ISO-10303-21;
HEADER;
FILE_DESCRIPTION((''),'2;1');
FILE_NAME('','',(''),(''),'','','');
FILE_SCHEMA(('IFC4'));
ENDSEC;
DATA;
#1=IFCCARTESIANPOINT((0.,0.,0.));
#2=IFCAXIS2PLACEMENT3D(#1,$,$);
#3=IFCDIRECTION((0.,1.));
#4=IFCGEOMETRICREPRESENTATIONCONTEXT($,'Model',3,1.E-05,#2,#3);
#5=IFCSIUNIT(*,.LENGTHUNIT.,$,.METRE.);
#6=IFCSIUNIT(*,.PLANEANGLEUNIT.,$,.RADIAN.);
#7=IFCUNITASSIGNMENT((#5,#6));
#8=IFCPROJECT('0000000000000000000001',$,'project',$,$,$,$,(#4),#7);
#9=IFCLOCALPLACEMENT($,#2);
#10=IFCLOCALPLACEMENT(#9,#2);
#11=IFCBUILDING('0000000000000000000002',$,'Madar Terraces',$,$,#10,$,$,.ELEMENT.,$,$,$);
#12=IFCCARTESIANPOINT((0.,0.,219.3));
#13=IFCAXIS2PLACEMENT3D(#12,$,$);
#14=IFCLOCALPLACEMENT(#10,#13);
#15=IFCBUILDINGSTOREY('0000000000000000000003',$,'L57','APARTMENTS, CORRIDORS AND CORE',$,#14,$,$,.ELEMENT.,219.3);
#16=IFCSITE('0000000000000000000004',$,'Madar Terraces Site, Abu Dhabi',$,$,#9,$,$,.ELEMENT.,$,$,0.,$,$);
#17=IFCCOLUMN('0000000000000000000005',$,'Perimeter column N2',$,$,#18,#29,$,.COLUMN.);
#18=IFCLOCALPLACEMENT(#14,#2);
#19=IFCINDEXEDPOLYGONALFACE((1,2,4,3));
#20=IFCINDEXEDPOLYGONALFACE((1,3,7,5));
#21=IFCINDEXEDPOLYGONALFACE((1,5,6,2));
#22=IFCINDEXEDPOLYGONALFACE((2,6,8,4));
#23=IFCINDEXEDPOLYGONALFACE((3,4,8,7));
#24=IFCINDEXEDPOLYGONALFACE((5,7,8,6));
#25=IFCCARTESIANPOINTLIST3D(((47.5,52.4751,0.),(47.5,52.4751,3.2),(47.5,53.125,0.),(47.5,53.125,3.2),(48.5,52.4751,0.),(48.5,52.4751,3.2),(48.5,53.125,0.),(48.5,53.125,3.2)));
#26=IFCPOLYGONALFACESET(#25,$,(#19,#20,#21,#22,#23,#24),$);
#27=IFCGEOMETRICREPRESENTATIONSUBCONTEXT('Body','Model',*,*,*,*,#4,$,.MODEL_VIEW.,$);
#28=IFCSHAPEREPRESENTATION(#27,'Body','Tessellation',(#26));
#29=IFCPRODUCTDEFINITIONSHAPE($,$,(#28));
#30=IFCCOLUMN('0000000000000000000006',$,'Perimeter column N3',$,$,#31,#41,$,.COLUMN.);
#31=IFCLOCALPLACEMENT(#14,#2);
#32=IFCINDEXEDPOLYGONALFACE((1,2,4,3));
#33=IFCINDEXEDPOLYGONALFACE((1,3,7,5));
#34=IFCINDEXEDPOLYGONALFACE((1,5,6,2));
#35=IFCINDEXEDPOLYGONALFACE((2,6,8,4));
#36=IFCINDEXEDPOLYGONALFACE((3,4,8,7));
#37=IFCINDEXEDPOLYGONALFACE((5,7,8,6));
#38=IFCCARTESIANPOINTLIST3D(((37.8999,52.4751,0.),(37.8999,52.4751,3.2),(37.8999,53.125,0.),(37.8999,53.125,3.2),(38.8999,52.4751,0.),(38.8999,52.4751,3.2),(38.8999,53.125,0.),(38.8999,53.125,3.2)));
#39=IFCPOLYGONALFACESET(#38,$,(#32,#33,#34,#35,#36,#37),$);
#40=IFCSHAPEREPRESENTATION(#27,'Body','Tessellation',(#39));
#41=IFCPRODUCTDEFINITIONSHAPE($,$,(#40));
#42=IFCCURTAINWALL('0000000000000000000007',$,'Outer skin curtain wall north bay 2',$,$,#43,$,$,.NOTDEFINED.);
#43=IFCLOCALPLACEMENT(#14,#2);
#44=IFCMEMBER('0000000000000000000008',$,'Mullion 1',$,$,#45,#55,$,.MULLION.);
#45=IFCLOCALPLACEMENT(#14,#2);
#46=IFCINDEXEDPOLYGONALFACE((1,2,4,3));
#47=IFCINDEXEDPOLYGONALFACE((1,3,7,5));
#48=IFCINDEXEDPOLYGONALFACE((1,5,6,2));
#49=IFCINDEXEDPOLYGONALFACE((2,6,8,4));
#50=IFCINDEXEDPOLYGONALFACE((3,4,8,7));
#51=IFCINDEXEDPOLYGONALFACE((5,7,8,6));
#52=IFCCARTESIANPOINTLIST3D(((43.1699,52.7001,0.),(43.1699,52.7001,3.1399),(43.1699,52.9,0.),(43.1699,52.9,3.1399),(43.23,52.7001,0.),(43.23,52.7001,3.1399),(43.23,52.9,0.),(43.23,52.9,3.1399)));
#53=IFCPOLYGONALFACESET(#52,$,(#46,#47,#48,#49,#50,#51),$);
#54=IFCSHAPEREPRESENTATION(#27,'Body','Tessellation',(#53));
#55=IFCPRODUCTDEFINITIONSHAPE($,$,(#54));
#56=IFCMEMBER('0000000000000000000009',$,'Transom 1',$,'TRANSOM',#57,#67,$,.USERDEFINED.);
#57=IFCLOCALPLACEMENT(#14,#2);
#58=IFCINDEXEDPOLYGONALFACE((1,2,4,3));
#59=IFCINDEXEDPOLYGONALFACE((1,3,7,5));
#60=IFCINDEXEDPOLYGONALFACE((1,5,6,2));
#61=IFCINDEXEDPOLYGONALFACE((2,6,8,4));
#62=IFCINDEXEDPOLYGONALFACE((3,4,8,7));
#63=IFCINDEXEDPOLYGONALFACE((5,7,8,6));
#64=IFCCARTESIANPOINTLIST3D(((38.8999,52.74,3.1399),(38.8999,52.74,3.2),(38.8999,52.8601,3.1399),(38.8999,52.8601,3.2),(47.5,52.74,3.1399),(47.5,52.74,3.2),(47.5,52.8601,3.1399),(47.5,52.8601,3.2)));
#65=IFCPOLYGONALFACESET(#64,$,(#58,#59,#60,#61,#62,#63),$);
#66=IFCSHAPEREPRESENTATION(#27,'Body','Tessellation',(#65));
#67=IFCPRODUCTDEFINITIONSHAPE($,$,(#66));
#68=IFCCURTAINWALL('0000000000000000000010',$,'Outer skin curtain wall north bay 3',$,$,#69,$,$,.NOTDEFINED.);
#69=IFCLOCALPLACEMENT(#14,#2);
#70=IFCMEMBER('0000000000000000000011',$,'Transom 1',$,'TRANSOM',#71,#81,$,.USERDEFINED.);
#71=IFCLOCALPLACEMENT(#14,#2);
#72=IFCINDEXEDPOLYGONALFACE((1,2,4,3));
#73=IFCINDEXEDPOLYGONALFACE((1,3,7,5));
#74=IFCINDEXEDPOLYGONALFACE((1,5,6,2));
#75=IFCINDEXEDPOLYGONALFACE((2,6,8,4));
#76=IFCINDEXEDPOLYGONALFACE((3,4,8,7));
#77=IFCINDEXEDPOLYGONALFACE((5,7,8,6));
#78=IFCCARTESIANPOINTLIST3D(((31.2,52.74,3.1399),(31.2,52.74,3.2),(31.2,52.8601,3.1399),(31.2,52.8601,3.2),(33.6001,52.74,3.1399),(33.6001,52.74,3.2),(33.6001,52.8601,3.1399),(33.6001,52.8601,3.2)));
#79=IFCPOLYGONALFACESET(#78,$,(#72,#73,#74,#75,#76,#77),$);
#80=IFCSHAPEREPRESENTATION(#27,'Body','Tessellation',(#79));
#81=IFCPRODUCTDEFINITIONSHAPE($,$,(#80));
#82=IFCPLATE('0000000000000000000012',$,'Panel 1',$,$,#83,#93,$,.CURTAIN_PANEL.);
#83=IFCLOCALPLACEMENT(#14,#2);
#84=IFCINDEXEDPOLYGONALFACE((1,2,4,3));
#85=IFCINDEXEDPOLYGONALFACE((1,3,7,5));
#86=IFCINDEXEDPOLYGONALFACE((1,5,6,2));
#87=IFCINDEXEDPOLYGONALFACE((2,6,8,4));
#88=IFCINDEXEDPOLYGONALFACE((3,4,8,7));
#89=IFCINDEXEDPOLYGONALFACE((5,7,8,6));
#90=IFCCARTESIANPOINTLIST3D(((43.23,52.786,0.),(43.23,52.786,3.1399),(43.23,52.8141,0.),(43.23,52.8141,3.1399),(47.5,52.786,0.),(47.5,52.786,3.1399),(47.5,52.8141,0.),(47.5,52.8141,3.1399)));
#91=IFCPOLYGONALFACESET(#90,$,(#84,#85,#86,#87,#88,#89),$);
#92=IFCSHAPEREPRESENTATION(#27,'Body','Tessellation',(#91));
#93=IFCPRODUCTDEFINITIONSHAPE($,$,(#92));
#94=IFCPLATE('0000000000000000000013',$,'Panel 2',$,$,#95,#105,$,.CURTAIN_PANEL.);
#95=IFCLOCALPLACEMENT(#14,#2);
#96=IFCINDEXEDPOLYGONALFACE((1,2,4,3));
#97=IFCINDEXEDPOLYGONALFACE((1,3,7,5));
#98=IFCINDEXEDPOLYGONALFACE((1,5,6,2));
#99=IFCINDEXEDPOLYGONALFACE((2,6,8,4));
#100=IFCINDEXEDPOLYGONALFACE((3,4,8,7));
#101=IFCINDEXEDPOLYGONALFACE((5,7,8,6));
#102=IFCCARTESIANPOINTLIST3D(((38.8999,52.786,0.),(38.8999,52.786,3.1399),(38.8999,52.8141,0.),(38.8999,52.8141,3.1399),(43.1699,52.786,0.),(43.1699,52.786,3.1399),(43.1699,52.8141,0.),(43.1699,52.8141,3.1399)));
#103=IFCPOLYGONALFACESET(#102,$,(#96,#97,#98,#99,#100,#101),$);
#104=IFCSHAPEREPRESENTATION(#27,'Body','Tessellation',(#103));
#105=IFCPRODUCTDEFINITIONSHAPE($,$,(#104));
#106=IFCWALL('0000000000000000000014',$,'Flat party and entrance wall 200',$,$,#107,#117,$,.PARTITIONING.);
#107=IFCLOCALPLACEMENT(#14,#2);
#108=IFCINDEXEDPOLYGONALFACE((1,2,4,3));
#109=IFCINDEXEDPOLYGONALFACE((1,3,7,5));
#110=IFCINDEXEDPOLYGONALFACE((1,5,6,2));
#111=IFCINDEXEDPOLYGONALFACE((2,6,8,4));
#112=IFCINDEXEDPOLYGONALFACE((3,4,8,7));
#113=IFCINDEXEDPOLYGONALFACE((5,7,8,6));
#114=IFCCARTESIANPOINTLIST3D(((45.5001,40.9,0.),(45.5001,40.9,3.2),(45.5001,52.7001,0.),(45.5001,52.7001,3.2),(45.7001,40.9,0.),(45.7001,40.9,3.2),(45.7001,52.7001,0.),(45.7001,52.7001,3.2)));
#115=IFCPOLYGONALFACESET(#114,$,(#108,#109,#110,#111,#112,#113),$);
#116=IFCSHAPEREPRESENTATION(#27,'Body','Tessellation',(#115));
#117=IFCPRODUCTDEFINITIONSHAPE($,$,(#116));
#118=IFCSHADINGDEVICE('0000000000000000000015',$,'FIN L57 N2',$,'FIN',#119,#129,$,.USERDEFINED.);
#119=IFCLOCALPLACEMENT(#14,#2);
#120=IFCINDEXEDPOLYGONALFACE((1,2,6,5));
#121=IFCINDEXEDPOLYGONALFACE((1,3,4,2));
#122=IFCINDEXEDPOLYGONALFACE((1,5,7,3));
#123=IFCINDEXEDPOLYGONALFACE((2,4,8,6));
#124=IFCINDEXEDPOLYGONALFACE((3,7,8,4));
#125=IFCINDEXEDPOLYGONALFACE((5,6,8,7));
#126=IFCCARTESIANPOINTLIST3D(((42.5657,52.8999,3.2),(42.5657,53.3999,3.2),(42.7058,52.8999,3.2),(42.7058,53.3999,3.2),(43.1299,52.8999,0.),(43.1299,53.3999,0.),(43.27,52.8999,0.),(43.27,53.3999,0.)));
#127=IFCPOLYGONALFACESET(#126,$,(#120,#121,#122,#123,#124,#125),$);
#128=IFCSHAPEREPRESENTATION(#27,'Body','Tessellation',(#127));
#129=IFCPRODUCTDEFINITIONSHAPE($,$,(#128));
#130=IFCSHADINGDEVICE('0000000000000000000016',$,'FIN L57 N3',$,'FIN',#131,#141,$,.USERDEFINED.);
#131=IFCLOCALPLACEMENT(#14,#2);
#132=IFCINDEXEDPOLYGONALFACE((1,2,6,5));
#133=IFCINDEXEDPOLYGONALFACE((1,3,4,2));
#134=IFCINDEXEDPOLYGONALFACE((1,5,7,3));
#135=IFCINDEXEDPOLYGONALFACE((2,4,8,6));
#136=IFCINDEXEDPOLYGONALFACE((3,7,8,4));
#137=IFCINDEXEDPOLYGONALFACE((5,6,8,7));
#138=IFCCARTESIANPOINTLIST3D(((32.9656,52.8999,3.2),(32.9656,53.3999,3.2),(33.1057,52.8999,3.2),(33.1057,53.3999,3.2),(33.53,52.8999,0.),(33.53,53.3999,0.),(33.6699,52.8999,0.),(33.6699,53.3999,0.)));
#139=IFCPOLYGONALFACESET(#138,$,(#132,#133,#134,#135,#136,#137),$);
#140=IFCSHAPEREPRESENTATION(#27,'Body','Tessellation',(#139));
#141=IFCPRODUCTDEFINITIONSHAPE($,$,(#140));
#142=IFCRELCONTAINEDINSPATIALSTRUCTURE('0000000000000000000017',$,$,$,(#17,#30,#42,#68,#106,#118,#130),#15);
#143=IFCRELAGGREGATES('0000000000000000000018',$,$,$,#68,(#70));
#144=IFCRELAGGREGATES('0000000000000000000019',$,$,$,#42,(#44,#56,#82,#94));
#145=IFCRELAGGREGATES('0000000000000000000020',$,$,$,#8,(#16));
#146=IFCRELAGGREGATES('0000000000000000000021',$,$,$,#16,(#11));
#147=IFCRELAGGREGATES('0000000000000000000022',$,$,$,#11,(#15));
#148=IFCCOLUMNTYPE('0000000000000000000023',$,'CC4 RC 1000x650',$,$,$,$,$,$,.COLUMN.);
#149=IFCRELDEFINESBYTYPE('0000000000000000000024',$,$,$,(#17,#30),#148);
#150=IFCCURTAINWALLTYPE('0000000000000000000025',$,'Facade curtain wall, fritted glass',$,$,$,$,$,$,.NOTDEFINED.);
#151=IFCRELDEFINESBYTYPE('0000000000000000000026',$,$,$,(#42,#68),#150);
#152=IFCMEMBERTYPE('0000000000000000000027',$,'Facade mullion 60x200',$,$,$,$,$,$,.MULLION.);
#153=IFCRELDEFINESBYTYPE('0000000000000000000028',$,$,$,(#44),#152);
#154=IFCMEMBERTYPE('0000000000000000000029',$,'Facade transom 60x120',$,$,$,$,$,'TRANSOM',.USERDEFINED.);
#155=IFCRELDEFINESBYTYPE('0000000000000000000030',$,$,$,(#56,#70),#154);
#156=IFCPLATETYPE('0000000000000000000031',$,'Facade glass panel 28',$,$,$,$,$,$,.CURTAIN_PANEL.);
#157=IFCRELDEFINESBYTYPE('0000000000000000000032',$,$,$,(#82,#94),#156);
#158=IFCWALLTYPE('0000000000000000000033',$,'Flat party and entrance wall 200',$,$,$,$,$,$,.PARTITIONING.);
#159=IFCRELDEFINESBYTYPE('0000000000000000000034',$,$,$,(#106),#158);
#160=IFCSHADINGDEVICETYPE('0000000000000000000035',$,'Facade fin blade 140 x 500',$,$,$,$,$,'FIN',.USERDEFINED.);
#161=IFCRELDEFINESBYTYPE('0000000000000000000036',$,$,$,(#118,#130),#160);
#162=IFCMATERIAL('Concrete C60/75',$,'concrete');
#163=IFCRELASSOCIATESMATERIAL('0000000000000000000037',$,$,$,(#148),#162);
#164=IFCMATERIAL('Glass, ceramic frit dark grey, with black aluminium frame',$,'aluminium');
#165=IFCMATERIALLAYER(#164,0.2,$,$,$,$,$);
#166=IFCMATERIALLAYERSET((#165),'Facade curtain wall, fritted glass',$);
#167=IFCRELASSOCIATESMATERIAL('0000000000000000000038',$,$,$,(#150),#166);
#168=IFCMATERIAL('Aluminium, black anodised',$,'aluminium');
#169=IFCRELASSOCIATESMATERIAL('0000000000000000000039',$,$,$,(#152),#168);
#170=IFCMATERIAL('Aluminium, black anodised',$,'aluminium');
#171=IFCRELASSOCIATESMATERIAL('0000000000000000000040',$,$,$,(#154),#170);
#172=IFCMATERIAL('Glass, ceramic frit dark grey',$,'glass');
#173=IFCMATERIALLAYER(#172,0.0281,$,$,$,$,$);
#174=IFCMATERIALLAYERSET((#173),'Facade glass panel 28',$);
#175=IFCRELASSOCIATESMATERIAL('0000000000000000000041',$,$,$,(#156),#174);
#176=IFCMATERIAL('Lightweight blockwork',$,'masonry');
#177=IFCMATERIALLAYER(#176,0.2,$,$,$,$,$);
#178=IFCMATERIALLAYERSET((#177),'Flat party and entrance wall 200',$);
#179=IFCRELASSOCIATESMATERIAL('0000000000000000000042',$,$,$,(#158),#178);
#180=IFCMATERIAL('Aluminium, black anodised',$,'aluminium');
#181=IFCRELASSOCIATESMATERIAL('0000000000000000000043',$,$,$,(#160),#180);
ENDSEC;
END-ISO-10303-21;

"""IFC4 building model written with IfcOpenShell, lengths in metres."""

from ifc_helpers import new_model, si_unit, direction, frame, frame_2d, origin, origin_2d, place, context, subcontext, project, spatial, polyline, rectangle, outline, extrude, material, layer, layer_set, material_profile, profile_set, type_object, element, aggregate, save


model = new_model("IFC4")

# Units and contexts
model_context = context("Model", 3, precision=1e-05, world=origin(), true_north=direction((0.0, 1.0)))
body_context = subcontext(model_context, "Body", "Model", "MODEL_VIEW")
ifc_project = project(units=[si_unit("LENGTHUNIT", "METRE"), si_unit("PLANEANGLEUNIT", "RADIAN")], contexts=[model_context])

# Site, building, storey
site_placement = place(None, origin())
site = spatial("IfcSite", under=ifc_project, at=site_placement, Name="Madar Terraces Site, Abu Dhabi", CompositionType="ELEMENT", RefElevation=0.0)
building_placement = place(site_placement, origin())
building = spatial("IfcBuilding", under=site, at=building_placement, Name="Madar Terraces", CompositionType="ELEMENT")
storey_placement = place(building_placement, frame((0.0, 0.0, 219.3)))
storey = spatial("IfcBuildingStorey", under=building, at=storey_placement, Name="L57", Description="APARTMENTS, CORRIDORS AND CORE", CompositionType="ELEMENT", Elevation=219.3)

# Columns
ifc_material_1 = material(Name="Concrete C60/75", Category="concrete")
ifc_material_profile_1 = material_profile(ifc_material_1, rectangle(XDim=1.0, YDim=0.6499, at=origin_2d()), Name="CC4 RC 1000x650")
ifc_profile_set_1 = profile_set([ifc_material_profile_1], Name="Concrete C60/75")
column_type = type_object("IfcColumnType", Name="CC4 RC 1000x650", PredefinedType="COLUMN", material=ifc_profile_set_1)
for number, where, z_axis, x_axis, name in (
    (1, (48.0, 52.8, 0.0), (0.0, 0.0, 1.0), (1.0, 0.0, 0.0), "Perimeter column N2"),
    (2, (38.3999, 52.8, 0.0), (0.0, 0.0, 1.0), (1.0, 0.0, 0.0), "Perimeter column N3"),
):
    element("IfcColumn", number, at=place(storey_placement, frame(where, z_axis=z_axis, x_axis=x_axis)), inside=storey, type_object=column_type, Name=name, PredefinedType="COLUMN", context=body_context, shape_type="SweptSolid", body=[
        extrude(rectangle(XDim=1.0, YDim=0.6499, at=origin_2d()), origin(), (0.0, 0.0, 1.0), 3.2),
    ])

# Curtain wall, members
ifc_material_2 = material(Name="Glass, ceramic frit dark grey, with black aluminium frame", Category="aluminium")
ifc_layer_1 = layer(ifc_material_2, 0.2)
ifc_layer_set_1 = layer_set([ifc_layer_1], Name="Facade curtain wall, fritted glass")
curtain_wall_type = type_object("IfcCurtainWallType", Name="Facade curtain wall, fritted glass", PredefinedType="NOTDEFINED", material=ifc_layer_set_1)
curtain_wall_1_placement = place(storey_placement, origin())
curtain_wall_1 = element("IfcCurtainWall", 3, at=curtain_wall_1_placement, inside=storey, type_object=curtain_wall_type, Name="Outer skin curtain wall north bay 2", PredefinedType="NOTDEFINED")
ifc_material_3 = material(Name="Aluminium, black anodised", Category="aluminium")
ifc_material_profile_2 = material_profile(ifc_material_3, rectangle(XDim=0.2, YDim=0.0601, at=origin_2d()), Name="Facade mullion 60x200")
ifc_profile_set_2 = profile_set([ifc_material_profile_2], Name="Aluminium, black anodised")
member_type_1 = type_object("IfcMemberType", Name="Facade mullion 60x200", PredefinedType="MULLION", material=ifc_profile_set_2)
member_1_placement = place(storey_placement, frame((43.2, 52.8, 0.0), z_axis=(0.0, 0.0, 1.0), x_axis=(0.0, -1.0, 0.0)))
member_1 = element("IfcMember", 4, at=member_1_placement, type_object=member_type_1, Name="Mullion 1", PredefinedType="MULLION", context=body_context, shape_type="SweptSolid", body=[
    extrude(rectangle(XDim=0.2, YDim=0.0601, at=origin_2d()), origin(), (0.0, 0.0, 1.0), 3.1399),
])
ifc_material_4 = material(Name="Aluminium, black anodised", Category="aluminium")
ifc_material_profile_3 = material_profile(ifc_material_4, rectangle(XDim=0.1201, YDim=0.0601, at=origin_2d()), Name="Facade transom 60x120")
ifc_profile_set_3 = profile_set([ifc_material_profile_3], Name="Aluminium, black anodised")
member_type_2 = type_object("IfcMemberType", Name="Facade transom 60x120", ElementType="TRANSOM", PredefinedType="USERDEFINED", material=ifc_profile_set_3)
member_2_placement = place(storey_placement, frame((47.5, 52.8, 3.1699), z_axis=(-1.0, 0.0, 0.0), x_axis=(0.0, -1.0, 0.0)))
member_2 = element("IfcMember", 5, at=member_2_placement, type_object=member_type_2, Name="Transom 1", ObjectType="TRANSOM", PredefinedType="USERDEFINED", context=body_context, shape_type="SweptSolid", body=[
    extrude(rectangle(XDim=0.1201, YDim=0.0601, at=origin_2d()), origin(), (0.0, 0.0, 1.0), 8.6001),
])

# Curtain wall, member
curtain_wall_2_placement = place(storey_placement, origin())
curtain_wall_2 = element("IfcCurtainWall", 6, at=curtain_wall_2_placement, inside=storey, type_object=curtain_wall_type, Name="Outer skin curtain wall north bay 3", PredefinedType="NOTDEFINED")
member_3_placement = place(storey_placement, frame((33.6001, 52.8, 3.1699), z_axis=(-1.0, 0.0, 0.0), x_axis=(0.0, -1.0, 0.0)))
member_3 = element("IfcMember", 7, at=member_3_placement, type_object=member_type_2, Name="Transom 1", ObjectType="TRANSOM", PredefinedType="USERDEFINED", context=body_context, shape_type="SweptSolid", body=[
    extrude(rectangle(XDim=0.1201, YDim=0.0601, at=origin_2d()), origin(), (0.0, 0.0, 1.0), 2.4001),
])
aggregate(curtain_wall_2, [member_3])

# Plates
ifc_material_5 = material(Name="Glass, ceramic frit dark grey", Category="glass")
ifc_layer_2 = layer(ifc_material_5, 0.0281)
ifc_layer_set_2 = layer_set([ifc_layer_2], Name="Facade glass panel 28")
plate_type = type_object("IfcPlateType", Name="Facade glass panel 28", PredefinedType="CURTAIN_PANEL", material=ifc_layer_set_2)
plate_1_placement = place(storey_placement, frame((45.365, 52.8, 0.0), z_axis=(0.0, 0.0, 1.0), x_axis=(-1.0, 0.0, 0.0)))
plate_1 = element("IfcPlate", 8, at=plate_1_placement, type_object=plate_type, Name="Panel 1", PredefinedType="CURTAIN_PANEL", context=body_context, shape_type="SweptSolid", body=[
    extrude(rectangle(XDim=4.27, YDim=0.0281, at=origin_2d()), origin(), (0.0, 0.0, 1.0), 3.1399),
])
plate_2_placement = place(storey_placement, frame((41.0349, 52.8, 0.0), z_axis=(0.0, 0.0, 1.0), x_axis=(-1.0, 0.0, 0.0)))
plate_2 = element("IfcPlate", 9, at=plate_2_placement, type_object=plate_type, Name="Panel 2", PredefinedType="CURTAIN_PANEL", context=body_context, shape_type="SweptSolid", body=[
    extrude(rectangle(XDim=4.27, YDim=0.0281, at=origin_2d()), origin(), (0.0, 0.0, 1.0), 3.1399),
])
aggregate(curtain_wall_1, [member_1, member_2, plate_1, plate_2])

# Wall
ifc_material_6 = material(Name="Lightweight blockwork", Category="masonry")
ifc_layer_3 = layer(ifc_material_6, 0.2)
ifc_layer_set_3 = layer_set([ifc_layer_3], Name="Flat party and entrance wall 200")
wall_type_1 = type_object("IfcWallType", Name="Flat party and entrance wall 200", PredefinedType="PARTITIONING", material=ifc_layer_set_3)
wall_1_placement = place(storey_placement, frame((45.6001, 52.7, 0.0), z_axis=(0.0, 0.0, 1.0), x_axis=(0.0, -1.0, 0.0)))
element("IfcWall", 10, at=wall_1_placement, inside=storey, type_object=wall_type_1, Name="Flat party and entrance wall 200", PredefinedType="PARTITIONING", context=body_context, shape_type="SweptSolid", body=[
    extrude(rectangle(XDim=11.8, YDim=0.2, at=frame_2d((5.8999, 0.0))), origin(), (0.0, 0.0, 1.0), 3.2),
])

# Shading devices
ifc_material_7 = material(Name="Aluminium, black anodised", Category="aluminium")
shading_device_type = type_object("IfcShadingDeviceType", Name="Facade fin blade 140 x 500", ElementType="FIN", PredefinedType="USERDEFINED", material=ifc_material_7)
shading_device_1_placement = place(storey_placement, frame((43.27, 53.1499, 0.0), z_axis=(0.0, 0.0, 1.0), x_axis=(-1.0, 0.0, 0.0)))
element("IfcShadingDevice", 11, at=shading_device_1_placement, inside=storey, type_object=shading_device_type, Name="FIN L57 N2", ObjectType="FIN", PredefinedType="USERDEFINED", context=body_context, shape_type="SweptSolid", body=[
    extrude(outline(polyline([(0.0, 0.0), (0.1401, 0.0), (0.7043, 3.2), (0.5642, 3.2), (0.0, 0.0)])), frame((0.0, 0.25, 0.0), z_axis=(0.0, -1.0, 0.0), x_axis=(1.0, 0.0, 0.0)), (0.0, 0.0, 1.0), 0.5),
])
shading_device_2_placement = place(storey_placement, frame((33.6699, 53.1499, 0.0), z_axis=(0.0, 0.0, 1.0), x_axis=(-1.0, 0.0, 0.0)))
element("IfcShadingDevice", 12, at=shading_device_2_placement, inside=storey, type_object=shading_device_type, Name="FIN L57 N3", ObjectType="FIN", PredefinedType="USERDEFINED", context=body_context, shape_type="SweptSolid", body=[
    extrude(outline(polyline([(0.0, 0.0), (0.1399, 0.0), (0.7043, 3.2), (0.5642, 3.2), (0.0, 0.0)])), frame((0.0, 0.25, 0.0), z_axis=(0.0, -1.0, 0.0), x_axis=(1.0, 0.0, 0.0)), (0.0, 0.0, 1.0), 0.5),
])

save(model, "model.ifc")
